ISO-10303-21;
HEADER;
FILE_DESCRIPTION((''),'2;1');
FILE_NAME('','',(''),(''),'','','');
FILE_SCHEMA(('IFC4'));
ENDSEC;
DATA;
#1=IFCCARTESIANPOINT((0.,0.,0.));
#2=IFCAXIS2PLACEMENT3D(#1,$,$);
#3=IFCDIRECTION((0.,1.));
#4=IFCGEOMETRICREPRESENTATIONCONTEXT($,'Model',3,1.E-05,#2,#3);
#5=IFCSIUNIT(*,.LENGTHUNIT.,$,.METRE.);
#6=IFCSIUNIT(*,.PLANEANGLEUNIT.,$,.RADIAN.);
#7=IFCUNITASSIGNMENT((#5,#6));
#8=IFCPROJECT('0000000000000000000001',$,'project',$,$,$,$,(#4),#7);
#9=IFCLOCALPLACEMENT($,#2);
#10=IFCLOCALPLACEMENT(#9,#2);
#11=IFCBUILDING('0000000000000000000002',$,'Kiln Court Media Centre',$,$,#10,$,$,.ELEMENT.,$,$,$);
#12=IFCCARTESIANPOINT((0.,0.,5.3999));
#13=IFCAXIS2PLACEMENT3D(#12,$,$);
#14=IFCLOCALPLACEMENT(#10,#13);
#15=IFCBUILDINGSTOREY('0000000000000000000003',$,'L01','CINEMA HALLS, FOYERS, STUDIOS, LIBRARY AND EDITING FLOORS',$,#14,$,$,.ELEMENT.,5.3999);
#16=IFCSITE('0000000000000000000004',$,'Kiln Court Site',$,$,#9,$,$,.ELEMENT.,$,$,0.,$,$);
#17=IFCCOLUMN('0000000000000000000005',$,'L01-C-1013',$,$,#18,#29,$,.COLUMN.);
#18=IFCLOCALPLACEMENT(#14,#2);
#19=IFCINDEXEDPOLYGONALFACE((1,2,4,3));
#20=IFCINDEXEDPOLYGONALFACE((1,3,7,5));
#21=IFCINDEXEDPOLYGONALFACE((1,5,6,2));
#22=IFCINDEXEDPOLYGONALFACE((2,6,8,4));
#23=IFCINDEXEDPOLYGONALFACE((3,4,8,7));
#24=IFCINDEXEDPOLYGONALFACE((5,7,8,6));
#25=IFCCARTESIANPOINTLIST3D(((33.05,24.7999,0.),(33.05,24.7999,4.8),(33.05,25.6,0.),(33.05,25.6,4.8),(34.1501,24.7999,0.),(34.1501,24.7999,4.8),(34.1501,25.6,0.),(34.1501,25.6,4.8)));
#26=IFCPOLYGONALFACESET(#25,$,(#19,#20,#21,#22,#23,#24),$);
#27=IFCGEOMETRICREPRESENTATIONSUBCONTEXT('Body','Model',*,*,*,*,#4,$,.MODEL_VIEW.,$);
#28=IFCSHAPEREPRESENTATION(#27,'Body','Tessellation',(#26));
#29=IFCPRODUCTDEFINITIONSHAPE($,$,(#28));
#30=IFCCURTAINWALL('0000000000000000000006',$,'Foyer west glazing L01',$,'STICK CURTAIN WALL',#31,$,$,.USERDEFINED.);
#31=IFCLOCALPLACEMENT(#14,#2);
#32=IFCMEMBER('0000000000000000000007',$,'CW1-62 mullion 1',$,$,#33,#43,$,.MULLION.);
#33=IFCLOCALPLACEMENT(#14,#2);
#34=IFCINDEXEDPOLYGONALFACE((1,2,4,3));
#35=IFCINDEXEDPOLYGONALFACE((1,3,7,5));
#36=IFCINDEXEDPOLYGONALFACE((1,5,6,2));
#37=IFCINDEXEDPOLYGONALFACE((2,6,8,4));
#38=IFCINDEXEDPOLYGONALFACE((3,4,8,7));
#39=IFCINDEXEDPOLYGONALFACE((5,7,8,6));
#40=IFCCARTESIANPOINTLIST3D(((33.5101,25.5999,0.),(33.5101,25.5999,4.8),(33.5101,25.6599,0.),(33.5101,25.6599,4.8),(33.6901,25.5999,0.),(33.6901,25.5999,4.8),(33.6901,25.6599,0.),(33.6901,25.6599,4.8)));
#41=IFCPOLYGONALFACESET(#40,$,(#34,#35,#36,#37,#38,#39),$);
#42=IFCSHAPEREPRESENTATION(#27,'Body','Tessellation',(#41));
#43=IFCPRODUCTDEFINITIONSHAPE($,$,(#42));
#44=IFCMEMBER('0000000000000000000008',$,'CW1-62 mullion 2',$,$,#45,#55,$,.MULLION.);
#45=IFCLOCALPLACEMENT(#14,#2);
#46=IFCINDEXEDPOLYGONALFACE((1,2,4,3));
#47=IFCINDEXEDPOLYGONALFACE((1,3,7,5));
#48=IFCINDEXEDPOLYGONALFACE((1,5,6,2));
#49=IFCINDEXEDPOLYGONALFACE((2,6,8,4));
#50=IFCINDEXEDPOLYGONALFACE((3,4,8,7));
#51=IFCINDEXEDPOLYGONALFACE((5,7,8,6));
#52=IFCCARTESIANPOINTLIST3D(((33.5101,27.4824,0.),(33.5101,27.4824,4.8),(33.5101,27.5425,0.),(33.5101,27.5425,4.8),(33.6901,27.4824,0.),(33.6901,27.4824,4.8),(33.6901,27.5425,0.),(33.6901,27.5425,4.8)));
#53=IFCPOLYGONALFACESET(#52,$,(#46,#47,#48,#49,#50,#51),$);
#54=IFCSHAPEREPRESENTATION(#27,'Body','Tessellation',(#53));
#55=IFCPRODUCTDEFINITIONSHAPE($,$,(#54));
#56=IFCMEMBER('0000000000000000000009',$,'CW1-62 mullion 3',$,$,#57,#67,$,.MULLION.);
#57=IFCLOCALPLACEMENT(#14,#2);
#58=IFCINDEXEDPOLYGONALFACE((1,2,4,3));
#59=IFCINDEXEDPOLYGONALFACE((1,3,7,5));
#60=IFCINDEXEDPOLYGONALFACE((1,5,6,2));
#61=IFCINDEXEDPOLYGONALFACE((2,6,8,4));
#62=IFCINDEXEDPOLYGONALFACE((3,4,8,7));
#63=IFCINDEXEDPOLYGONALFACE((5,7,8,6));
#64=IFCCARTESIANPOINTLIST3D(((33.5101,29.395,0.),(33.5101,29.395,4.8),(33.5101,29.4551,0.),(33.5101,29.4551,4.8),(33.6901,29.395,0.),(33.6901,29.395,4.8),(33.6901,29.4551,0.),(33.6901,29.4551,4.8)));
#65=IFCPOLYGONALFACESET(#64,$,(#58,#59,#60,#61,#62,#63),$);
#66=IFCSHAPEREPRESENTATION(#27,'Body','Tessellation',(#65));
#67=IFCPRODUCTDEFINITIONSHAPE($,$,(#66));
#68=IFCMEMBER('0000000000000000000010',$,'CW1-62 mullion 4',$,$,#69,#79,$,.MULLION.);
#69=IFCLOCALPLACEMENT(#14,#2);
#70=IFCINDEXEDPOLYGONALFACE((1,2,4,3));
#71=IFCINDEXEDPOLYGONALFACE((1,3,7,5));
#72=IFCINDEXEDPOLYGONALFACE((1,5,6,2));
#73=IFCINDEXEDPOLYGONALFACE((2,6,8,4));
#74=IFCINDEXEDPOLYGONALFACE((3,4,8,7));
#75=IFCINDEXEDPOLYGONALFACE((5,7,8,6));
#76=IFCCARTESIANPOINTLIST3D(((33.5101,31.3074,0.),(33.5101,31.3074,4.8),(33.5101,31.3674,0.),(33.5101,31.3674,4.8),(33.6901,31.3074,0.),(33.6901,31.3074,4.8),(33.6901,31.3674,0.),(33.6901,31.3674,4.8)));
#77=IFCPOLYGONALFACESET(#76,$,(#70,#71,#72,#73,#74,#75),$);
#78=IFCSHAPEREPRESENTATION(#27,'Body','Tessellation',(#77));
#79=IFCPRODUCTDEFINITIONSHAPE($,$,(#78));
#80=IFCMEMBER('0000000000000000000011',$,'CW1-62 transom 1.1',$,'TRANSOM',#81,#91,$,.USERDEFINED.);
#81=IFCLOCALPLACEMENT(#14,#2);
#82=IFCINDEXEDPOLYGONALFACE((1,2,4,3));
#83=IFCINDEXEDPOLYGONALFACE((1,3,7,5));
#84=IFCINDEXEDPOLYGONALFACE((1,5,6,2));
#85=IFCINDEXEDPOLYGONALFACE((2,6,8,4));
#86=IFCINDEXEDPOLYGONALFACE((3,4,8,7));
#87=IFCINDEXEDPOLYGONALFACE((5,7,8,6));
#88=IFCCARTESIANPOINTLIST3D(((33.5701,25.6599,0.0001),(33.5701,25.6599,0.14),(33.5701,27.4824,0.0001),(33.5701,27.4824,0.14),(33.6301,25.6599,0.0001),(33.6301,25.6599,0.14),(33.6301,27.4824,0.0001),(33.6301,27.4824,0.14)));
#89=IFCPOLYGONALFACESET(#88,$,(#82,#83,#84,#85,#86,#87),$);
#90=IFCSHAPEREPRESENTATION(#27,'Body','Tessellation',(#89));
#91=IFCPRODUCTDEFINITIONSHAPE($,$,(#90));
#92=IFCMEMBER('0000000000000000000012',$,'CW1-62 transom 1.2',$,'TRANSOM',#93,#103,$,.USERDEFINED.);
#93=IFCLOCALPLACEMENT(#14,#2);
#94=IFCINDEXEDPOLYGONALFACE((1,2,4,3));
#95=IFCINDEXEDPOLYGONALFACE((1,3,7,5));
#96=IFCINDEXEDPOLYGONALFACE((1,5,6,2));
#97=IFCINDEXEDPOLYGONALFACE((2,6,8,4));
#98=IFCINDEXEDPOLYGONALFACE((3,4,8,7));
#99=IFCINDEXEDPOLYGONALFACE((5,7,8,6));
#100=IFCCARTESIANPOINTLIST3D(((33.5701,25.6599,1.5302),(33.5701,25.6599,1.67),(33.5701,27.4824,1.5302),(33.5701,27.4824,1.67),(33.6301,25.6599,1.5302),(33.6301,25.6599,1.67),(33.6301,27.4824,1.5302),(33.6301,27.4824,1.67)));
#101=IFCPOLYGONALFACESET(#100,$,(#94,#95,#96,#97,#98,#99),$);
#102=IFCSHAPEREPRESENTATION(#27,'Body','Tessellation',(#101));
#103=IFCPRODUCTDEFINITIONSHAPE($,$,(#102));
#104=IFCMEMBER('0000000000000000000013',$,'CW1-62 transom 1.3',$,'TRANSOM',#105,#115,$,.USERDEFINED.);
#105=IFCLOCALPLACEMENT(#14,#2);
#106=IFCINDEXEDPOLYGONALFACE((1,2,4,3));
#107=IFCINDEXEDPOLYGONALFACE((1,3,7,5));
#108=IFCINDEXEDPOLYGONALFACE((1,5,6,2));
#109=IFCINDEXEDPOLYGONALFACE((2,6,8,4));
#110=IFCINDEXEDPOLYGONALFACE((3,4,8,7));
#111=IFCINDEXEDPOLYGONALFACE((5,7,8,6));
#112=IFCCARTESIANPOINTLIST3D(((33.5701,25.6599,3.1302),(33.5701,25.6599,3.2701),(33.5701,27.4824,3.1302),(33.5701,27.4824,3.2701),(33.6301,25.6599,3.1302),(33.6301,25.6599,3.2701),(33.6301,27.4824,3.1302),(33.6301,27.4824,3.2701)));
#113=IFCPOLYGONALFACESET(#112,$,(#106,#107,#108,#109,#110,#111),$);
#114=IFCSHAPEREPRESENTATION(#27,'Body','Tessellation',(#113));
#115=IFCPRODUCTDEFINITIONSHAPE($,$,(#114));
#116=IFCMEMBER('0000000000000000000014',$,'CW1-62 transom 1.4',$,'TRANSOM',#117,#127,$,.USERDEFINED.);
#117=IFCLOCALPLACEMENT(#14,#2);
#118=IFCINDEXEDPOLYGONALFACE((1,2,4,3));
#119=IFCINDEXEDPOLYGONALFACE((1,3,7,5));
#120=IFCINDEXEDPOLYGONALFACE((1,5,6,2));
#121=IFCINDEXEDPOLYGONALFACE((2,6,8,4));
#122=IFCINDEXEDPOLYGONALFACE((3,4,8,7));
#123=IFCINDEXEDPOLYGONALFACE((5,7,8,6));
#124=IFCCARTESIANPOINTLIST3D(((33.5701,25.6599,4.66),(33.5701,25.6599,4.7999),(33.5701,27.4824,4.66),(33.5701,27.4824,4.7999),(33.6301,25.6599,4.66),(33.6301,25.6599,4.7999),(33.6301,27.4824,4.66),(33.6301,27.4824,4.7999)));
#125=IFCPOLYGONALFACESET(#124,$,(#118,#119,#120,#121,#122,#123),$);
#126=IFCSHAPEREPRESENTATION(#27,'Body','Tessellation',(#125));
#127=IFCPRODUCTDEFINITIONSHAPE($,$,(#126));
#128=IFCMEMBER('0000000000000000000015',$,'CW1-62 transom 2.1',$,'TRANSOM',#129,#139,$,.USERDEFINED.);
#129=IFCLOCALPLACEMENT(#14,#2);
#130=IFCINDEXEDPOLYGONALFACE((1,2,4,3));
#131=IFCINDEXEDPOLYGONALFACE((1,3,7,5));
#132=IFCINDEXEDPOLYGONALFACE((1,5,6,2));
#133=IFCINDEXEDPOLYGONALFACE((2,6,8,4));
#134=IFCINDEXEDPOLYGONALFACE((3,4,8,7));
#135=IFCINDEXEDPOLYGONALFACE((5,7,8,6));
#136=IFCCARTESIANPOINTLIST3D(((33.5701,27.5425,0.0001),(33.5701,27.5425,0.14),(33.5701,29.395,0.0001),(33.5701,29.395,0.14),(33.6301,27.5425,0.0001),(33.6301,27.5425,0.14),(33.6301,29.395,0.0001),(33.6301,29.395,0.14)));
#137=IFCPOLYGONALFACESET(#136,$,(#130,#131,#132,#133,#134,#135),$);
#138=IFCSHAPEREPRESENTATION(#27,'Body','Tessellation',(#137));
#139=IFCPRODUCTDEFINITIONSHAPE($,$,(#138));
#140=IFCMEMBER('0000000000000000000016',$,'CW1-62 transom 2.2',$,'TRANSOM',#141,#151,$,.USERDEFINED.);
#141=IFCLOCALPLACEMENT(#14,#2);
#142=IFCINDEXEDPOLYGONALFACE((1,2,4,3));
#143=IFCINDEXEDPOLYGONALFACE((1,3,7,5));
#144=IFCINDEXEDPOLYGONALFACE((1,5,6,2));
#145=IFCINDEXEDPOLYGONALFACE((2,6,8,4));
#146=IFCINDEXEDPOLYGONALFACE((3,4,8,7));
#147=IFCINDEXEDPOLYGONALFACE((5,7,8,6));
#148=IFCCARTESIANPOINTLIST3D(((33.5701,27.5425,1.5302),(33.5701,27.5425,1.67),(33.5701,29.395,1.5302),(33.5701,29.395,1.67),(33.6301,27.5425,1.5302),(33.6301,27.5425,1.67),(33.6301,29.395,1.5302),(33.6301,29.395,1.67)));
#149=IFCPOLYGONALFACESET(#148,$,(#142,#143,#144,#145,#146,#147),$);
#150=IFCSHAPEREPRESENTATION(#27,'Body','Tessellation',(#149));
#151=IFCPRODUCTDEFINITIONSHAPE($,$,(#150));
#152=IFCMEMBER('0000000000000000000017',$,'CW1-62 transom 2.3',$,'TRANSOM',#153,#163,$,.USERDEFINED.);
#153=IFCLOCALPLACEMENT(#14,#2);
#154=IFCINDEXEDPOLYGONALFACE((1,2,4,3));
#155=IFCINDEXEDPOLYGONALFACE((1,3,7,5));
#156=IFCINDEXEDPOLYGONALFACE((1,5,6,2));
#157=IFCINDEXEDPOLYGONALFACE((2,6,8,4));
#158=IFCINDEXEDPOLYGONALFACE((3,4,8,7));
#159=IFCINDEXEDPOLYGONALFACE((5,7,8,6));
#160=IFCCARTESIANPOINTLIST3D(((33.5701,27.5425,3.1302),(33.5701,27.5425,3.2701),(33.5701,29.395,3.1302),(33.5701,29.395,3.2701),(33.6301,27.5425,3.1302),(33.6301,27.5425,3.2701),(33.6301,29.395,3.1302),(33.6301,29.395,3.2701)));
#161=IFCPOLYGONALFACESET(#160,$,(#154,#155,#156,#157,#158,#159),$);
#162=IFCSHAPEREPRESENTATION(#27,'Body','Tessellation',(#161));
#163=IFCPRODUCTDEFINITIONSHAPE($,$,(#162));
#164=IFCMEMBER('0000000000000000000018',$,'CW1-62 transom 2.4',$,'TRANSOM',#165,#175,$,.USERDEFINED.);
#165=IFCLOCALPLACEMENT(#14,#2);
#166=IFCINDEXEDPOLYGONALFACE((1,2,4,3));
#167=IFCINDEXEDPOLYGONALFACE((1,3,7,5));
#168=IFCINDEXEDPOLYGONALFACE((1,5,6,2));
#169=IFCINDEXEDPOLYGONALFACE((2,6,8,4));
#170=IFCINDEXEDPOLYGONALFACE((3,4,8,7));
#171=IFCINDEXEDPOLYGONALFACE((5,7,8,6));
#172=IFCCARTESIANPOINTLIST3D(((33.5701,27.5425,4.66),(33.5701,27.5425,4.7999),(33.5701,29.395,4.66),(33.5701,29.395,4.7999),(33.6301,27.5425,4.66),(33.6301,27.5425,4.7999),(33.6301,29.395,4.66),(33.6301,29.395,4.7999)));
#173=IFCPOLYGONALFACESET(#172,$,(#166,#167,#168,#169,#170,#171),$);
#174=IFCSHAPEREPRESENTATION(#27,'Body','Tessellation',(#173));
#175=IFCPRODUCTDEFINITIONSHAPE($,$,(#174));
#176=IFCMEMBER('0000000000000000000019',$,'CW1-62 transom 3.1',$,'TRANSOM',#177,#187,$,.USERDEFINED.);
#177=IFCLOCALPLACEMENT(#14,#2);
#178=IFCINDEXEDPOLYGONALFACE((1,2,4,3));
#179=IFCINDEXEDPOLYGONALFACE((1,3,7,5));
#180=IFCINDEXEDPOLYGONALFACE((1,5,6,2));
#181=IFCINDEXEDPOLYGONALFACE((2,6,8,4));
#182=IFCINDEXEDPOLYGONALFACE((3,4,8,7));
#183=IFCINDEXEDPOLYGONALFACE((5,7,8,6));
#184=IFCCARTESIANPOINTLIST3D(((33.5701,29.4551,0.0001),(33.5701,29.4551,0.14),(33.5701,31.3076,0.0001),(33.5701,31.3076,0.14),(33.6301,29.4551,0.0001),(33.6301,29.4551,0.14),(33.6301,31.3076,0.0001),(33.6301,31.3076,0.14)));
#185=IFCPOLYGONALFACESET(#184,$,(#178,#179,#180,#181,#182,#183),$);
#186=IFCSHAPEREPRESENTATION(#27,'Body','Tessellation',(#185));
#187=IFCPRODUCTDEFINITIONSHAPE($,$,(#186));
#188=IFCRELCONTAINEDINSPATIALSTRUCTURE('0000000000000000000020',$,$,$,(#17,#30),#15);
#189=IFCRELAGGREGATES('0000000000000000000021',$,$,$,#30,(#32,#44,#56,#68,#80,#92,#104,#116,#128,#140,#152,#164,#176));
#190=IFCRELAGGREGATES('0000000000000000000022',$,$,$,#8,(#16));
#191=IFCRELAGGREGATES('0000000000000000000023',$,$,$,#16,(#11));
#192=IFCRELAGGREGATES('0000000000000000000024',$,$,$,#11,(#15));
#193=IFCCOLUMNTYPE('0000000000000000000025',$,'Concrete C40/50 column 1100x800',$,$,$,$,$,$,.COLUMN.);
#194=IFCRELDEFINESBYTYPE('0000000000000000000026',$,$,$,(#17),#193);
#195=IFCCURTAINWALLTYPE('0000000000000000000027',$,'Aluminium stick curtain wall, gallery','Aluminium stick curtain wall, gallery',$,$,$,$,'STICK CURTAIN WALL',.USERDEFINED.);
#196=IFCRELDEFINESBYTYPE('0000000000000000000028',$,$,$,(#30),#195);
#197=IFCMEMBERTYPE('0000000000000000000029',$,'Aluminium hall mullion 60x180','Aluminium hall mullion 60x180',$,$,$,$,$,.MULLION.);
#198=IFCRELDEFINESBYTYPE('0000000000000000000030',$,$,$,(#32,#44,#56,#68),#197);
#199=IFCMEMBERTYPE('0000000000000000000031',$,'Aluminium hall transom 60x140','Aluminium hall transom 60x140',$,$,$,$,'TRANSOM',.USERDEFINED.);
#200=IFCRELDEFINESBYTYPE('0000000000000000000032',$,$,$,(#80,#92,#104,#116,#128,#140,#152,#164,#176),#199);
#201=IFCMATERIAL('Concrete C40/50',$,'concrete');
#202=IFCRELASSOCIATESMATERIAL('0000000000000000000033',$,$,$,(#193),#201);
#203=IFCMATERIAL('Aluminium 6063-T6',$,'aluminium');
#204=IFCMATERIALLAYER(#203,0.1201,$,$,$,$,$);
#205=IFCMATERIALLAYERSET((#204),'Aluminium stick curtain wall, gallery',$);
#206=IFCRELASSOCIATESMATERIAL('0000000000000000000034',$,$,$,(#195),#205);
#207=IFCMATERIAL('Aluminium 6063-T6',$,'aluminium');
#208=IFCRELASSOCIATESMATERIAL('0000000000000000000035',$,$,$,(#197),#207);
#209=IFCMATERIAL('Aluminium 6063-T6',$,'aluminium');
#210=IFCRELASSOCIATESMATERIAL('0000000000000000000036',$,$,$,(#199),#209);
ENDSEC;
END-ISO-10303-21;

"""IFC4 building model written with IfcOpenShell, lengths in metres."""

from ifc_helpers import new_model, si_unit, direction, frame, origin, origin_2d, place, context, subcontext, project, spatial, rectangle, extrude, material, layer, layer_set, material_profile, profile_set, type_object, element, aggregate, save


model = new_model("IFC4")

# Units and contexts
model_context = context("Model", 3, precision=1e-05, world=origin(), true_north=direction((0.0, 1.0)))
body_context = subcontext(model_context, "Body", "Model", "MODEL_VIEW")
ifc_project = project(units=[si_unit("LENGTHUNIT", "METRE"), si_unit("PLANEANGLEUNIT", "RADIAN")], contexts=[model_context])

# Site, building, storey
site_placement = place(None, origin())
site = spatial("IfcSite", under=ifc_project, at=site_placement, Name="Kiln Court Site", CompositionType="ELEMENT", RefElevation=0.0)
building_placement = place(site_placement, origin())
building = spatial("IfcBuilding", under=site, at=building_placement, Name="Kiln Court Media Centre", CompositionType="ELEMENT")
storey_placement = place(building_placement, frame((0.0, 0.0, 5.3999)))
storey = spatial("IfcBuildingStorey", under=building, at=storey_placement, Name="L01", Description="CINEMA HALLS, FOYERS, STUDIOS, LIBRARY AND EDITING FLOORS", CompositionType="ELEMENT", Elevation=5.3999)

# Column
ifc_material_1 = material(Name="Concrete C40/50", Category="concrete")
ifc_material_profile_1 = material_profile(ifc_material_1, rectangle(XDim=1.1001, YDim=0.8, at=origin_2d()), Name="RC 1100x800")
ifc_profile_set_1 = profile_set([ifc_material_profile_1], Name="Concrete C40/50")
column_type = type_object("IfcColumnType", Name="Concrete C40/50 column 1100x800", PredefinedType="COLUMN", material=ifc_profile_set_1)
column_placement = place(storey_placement, frame((33.6001, 25.2, 0.0), z_axis=(0.0, 0.0, 1.0), x_axis=(1.0, 0.0, 0.0)))
element("IfcColumn", 1, at=column_placement, inside=storey, type_object=column_type, Name="L01-C-1013", PredefinedType="COLUMN", context=body_context, shape_type="SweptSolid", body=[
    extrude(rectangle(XDim=1.1001, YDim=0.8, at=origin_2d()), origin(), (0.0, 0.0, 1.0), 4.8),
])

# Curtain wall, members
ifc_material_2 = material(Name="Aluminium 6063-T6", Category="aluminium")
ifc_layer_1 = layer(ifc_material_2, 0.1201)
ifc_layer_set_1 = layer_set([ifc_layer_1], Name="Aluminium stick curtain wall, gallery")
curtain_wall_type_1 = type_object("IfcCurtainWallType", Name="Aluminium stick curtain wall, gallery", Description="Aluminium stick curtain wall, gallery", ElementType="STICK CURTAIN WALL", PredefinedType="USERDEFINED", material=ifc_layer_set_1)
curtain_wall_1_placement = place(storey_placement, origin())
curtain_wall_1 = element("IfcCurtainWall", 2, at=curtain_wall_1_placement, inside=storey, type_object=curtain_wall_type_1, Name="Foyer west glazing L01", ObjectType="STICK CURTAIN WALL", PredefinedType="USERDEFINED")
ifc_material_3 = material(Name="Aluminium 6063-T6", Category="aluminium")
ifc_material_profile_2 = material_profile(ifc_material_3, rectangle(XDim=0.0601, YDim=0.1799, at=origin_2d()), Name="Aluminium hall mullion 60x180")
ifc_profile_set_2 = profile_set([ifc_material_profile_2], Name="Aluminium 6063-T6")
member_type_1 = type_object("IfcMemberType", Name="Aluminium hall mullion 60x180", Description="Aluminium hall mullion 60x180", PredefinedType="MULLION", material=ifc_profile_set_2)
member_1_placement = place(storey_placement, frame((33.6001, 25.6299, 0.0), z_axis=(0.0, 0.0, 1.0), x_axis=(0.0, 1.0, 0.0)))
member_1 = element("IfcMember", 3, at=member_1_placement, type_object=member_type_1, Name="CW1-62 mullion 1", PredefinedType="MULLION", context=body_context, shape_type="SweptSolid", body=[
    extrude(rectangle(XDim=0.0601, YDim=0.1799, at=origin_2d()), origin(), (0.0, 0.0, 1.0), 4.8),
])
member_2_placement = place(storey_placement, frame((33.6001, 27.5125, 0.0), z_axis=(0.0, 0.0, 1.0), x_axis=(0.0, 1.0, 0.0)))
member_2 = element("IfcMember", 4, at=member_2_placement, type_object=member_type_1, Name="CW1-62 mullion 2", PredefinedType="MULLION", context=body_context, shape_type="SweptSolid", body=[
    extrude(rectangle(XDim=0.0601, YDim=0.1799, at=origin_2d()), origin(), (0.0, 0.0, 1.0), 4.8),
])
member_3_placement = place(storey_placement, frame((33.6001, 29.425, 0.0), z_axis=(0.0, 0.0, 1.0), x_axis=(0.0, 1.0, 0.0)))
member_3 = element("IfcMember", 5, at=member_3_placement, type_object=member_type_1, Name="CW1-62 mullion 3", PredefinedType="MULLION", context=body_context, shape_type="SweptSolid", body=[
    extrude(rectangle(XDim=0.0601, YDim=0.1799, at=origin_2d()), origin(), (0.0, 0.0, 1.0), 4.8),
])
member_4_placement = place(storey_placement, frame((33.6001, 31.3374, 0.0), z_axis=(0.0, 0.0, 1.0), x_axis=(0.0, 1.0, 0.0)))
member_4 = element("IfcMember", 6, at=member_4_placement, type_object=member_type_1, Name="CW1-62 mullion 4", PredefinedType="MULLION", context=body_context, shape_type="SweptSolid", body=[
    extrude(rectangle(XDim=0.0601, YDim=0.1799, at=origin_2d()), origin(), (0.0, 0.0, 1.0), 4.8),
])
ifc_material_4 = material(Name="Aluminium 6063-T6", Category="aluminium")
ifc_material_profile_3 = material_profile(ifc_material_4, rectangle(XDim=0.0601, YDim=0.1399, at=origin_2d()), Name="Aluminium hall transom 60x140")
ifc_profile_set_3 = profile_set([ifc_material_profile_3], Name="Aluminium 6063-T6")
member_type_2 = type_object("IfcMemberType", Name="Aluminium hall transom 60x140", Description="Aluminium hall transom 60x140", ElementType="TRANSOM", PredefinedType="USERDEFINED", material=ifc_profile_set_3)
member_5_placement = place(storey_placement, frame((33.6001, 25.6599, 0.0701), z_axis=(0.0, 1.0, 0.0), x_axis=(-1.0, 0.0, 0.0)))
member_5 = element("IfcMember", 7, at=member_5_placement, type_object=member_type_2, Name="CW1-62 transom 1.1", ObjectType="TRANSOM", PredefinedType="USERDEFINED", context=body_context, shape_type="SweptSolid", body=[
    extrude(rectangle(XDim=0.0601, YDim=0.1399, at=origin_2d()), origin(), (0.0, 0.0, 1.0), 1.8225),
])
member_6_placement = place(storey_placement, frame((33.6001, 25.6599, 1.6001), z_axis=(0.0, 1.0, 0.0), x_axis=(-1.0, 0.0, 0.0)))
member_6 = element("IfcMember", 8, at=member_6_placement, type_object=member_type_2, Name="CW1-62 transom 1.2", ObjectType="TRANSOM", PredefinedType="USERDEFINED", context=body_context, shape_type="SweptSolid", body=[
    extrude(rectangle(XDim=0.0601, YDim=0.1399, at=origin_2d()), origin(), (0.0, 0.0, 1.0), 1.8225),
])
member_7_placement = place(storey_placement, frame((33.6001, 25.6599, 3.2002), z_axis=(0.0, 1.0, 0.0), x_axis=(-1.0, 0.0, 0.0)))
member_7 = element("IfcMember", 9, at=member_7_placement, type_object=member_type_2, Name="CW1-62 transom 1.3", ObjectType="TRANSOM", PredefinedType="USERDEFINED", context=body_context, shape_type="SweptSolid", body=[
    extrude(rectangle(XDim=0.0601, YDim=0.1399, at=origin_2d()), origin(), (0.0, 0.0, 1.0), 1.8225),
])
member_8_placement = place(storey_placement, frame((33.6001, 25.6599, 4.73), z_axis=(0.0, 1.0, 0.0), x_axis=(-1.0, 0.0, 0.0)))
member_8 = element("IfcMember", 10, at=member_8_placement, type_object=member_type_2, Name="CW1-62 transom 1.4", ObjectType="TRANSOM", PredefinedType="USERDEFINED", context=body_context, shape_type="SweptSolid", body=[
    extrude(rectangle(XDim=0.0601, YDim=0.1399, at=origin_2d()), origin(), (0.0, 0.0, 1.0), 1.8225),
])
member_9_placement = place(storey_placement, frame((33.6001, 27.5425, 0.0701), z_axis=(0.0, 1.0, 0.0), x_axis=(-1.0, 0.0, 0.0)))
member_9 = element("IfcMember", 11, at=member_9_placement, type_object=member_type_2, Name="CW1-62 transom 2.1", ObjectType="TRANSOM", PredefinedType="USERDEFINED", context=body_context, shape_type="SweptSolid", body=[
    extrude(rectangle(XDim=0.0601, YDim=0.1399, at=origin_2d()), origin(), (0.0, 0.0, 1.0), 1.8525),
])
member_10_placement = place(storey_placement, frame((33.6001, 27.5425, 1.6001), z_axis=(0.0, 1.0, 0.0), x_axis=(-1.0, 0.0, 0.0)))
member_10 = element("IfcMember", 12, at=member_10_placement, type_object=member_type_2, Name="CW1-62 transom 2.2", ObjectType="TRANSOM", PredefinedType="USERDEFINED", context=body_context, shape_type="SweptSolid", body=[
    extrude(rectangle(XDim=0.0601, YDim=0.1399, at=origin_2d()), origin(), (0.0, 0.0, 1.0), 1.8525),
])
member_11_placement = place(storey_placement, frame((33.6001, 27.5425, 3.2002), z_axis=(0.0, 1.0, 0.0), x_axis=(-1.0, 0.0, 0.0)))
member_11 = element("IfcMember", 13, at=member_11_placement, type_object=member_type_2, Name="CW1-62 transom 2.3", ObjectType="TRANSOM", PredefinedType="USERDEFINED", context=body_context, shape_type="SweptSolid", body=[
    extrude(rectangle(XDim=0.0601, YDim=0.1399, at=origin_2d()), origin(), (0.0, 0.0, 1.0), 1.8525),
])
member_12_placement = place(storey_placement, frame((33.6001, 27.5425, 4.73), z_axis=(0.0, 1.0, 0.0), x_axis=(-1.0, 0.0, 0.0)))
member_12 = element("IfcMember", 14, at=member_12_placement, type_object=member_type_2, Name="CW1-62 transom 2.4", ObjectType="TRANSOM", PredefinedType="USERDEFINED", context=body_context, shape_type="SweptSolid", body=[
    extrude(rectangle(XDim=0.0601, YDim=0.1399, at=origin_2d()), origin(), (0.0, 0.0, 1.0), 1.8525),
])
member_13_placement = place(storey_placement, frame((33.6001, 29.4551, 0.0701), z_axis=(0.0, 1.0, 0.0), x_axis=(-1.0, 0.0, 0.0)))
member_13 = element("IfcMember", 15, at=member_13_placement, type_object=member_type_2, Name="CW1-62 transom 3.1", ObjectType="TRANSOM", PredefinedType="USERDEFINED", context=body_context, shape_type="SweptSolid", body=[
    extrude(rectangle(XDim=0.0601, YDim=0.1399, at=origin_2d()), origin(), (0.0, 0.0, 1.0), 1.8525),
])

aggregate(curtain_wall_1, [member_1, member_2, member_3, member_4, member_5, member_6, member_7, member_8, member_9, member_10, member_11, member_12, member_13])

save(model, "model.ifc")
